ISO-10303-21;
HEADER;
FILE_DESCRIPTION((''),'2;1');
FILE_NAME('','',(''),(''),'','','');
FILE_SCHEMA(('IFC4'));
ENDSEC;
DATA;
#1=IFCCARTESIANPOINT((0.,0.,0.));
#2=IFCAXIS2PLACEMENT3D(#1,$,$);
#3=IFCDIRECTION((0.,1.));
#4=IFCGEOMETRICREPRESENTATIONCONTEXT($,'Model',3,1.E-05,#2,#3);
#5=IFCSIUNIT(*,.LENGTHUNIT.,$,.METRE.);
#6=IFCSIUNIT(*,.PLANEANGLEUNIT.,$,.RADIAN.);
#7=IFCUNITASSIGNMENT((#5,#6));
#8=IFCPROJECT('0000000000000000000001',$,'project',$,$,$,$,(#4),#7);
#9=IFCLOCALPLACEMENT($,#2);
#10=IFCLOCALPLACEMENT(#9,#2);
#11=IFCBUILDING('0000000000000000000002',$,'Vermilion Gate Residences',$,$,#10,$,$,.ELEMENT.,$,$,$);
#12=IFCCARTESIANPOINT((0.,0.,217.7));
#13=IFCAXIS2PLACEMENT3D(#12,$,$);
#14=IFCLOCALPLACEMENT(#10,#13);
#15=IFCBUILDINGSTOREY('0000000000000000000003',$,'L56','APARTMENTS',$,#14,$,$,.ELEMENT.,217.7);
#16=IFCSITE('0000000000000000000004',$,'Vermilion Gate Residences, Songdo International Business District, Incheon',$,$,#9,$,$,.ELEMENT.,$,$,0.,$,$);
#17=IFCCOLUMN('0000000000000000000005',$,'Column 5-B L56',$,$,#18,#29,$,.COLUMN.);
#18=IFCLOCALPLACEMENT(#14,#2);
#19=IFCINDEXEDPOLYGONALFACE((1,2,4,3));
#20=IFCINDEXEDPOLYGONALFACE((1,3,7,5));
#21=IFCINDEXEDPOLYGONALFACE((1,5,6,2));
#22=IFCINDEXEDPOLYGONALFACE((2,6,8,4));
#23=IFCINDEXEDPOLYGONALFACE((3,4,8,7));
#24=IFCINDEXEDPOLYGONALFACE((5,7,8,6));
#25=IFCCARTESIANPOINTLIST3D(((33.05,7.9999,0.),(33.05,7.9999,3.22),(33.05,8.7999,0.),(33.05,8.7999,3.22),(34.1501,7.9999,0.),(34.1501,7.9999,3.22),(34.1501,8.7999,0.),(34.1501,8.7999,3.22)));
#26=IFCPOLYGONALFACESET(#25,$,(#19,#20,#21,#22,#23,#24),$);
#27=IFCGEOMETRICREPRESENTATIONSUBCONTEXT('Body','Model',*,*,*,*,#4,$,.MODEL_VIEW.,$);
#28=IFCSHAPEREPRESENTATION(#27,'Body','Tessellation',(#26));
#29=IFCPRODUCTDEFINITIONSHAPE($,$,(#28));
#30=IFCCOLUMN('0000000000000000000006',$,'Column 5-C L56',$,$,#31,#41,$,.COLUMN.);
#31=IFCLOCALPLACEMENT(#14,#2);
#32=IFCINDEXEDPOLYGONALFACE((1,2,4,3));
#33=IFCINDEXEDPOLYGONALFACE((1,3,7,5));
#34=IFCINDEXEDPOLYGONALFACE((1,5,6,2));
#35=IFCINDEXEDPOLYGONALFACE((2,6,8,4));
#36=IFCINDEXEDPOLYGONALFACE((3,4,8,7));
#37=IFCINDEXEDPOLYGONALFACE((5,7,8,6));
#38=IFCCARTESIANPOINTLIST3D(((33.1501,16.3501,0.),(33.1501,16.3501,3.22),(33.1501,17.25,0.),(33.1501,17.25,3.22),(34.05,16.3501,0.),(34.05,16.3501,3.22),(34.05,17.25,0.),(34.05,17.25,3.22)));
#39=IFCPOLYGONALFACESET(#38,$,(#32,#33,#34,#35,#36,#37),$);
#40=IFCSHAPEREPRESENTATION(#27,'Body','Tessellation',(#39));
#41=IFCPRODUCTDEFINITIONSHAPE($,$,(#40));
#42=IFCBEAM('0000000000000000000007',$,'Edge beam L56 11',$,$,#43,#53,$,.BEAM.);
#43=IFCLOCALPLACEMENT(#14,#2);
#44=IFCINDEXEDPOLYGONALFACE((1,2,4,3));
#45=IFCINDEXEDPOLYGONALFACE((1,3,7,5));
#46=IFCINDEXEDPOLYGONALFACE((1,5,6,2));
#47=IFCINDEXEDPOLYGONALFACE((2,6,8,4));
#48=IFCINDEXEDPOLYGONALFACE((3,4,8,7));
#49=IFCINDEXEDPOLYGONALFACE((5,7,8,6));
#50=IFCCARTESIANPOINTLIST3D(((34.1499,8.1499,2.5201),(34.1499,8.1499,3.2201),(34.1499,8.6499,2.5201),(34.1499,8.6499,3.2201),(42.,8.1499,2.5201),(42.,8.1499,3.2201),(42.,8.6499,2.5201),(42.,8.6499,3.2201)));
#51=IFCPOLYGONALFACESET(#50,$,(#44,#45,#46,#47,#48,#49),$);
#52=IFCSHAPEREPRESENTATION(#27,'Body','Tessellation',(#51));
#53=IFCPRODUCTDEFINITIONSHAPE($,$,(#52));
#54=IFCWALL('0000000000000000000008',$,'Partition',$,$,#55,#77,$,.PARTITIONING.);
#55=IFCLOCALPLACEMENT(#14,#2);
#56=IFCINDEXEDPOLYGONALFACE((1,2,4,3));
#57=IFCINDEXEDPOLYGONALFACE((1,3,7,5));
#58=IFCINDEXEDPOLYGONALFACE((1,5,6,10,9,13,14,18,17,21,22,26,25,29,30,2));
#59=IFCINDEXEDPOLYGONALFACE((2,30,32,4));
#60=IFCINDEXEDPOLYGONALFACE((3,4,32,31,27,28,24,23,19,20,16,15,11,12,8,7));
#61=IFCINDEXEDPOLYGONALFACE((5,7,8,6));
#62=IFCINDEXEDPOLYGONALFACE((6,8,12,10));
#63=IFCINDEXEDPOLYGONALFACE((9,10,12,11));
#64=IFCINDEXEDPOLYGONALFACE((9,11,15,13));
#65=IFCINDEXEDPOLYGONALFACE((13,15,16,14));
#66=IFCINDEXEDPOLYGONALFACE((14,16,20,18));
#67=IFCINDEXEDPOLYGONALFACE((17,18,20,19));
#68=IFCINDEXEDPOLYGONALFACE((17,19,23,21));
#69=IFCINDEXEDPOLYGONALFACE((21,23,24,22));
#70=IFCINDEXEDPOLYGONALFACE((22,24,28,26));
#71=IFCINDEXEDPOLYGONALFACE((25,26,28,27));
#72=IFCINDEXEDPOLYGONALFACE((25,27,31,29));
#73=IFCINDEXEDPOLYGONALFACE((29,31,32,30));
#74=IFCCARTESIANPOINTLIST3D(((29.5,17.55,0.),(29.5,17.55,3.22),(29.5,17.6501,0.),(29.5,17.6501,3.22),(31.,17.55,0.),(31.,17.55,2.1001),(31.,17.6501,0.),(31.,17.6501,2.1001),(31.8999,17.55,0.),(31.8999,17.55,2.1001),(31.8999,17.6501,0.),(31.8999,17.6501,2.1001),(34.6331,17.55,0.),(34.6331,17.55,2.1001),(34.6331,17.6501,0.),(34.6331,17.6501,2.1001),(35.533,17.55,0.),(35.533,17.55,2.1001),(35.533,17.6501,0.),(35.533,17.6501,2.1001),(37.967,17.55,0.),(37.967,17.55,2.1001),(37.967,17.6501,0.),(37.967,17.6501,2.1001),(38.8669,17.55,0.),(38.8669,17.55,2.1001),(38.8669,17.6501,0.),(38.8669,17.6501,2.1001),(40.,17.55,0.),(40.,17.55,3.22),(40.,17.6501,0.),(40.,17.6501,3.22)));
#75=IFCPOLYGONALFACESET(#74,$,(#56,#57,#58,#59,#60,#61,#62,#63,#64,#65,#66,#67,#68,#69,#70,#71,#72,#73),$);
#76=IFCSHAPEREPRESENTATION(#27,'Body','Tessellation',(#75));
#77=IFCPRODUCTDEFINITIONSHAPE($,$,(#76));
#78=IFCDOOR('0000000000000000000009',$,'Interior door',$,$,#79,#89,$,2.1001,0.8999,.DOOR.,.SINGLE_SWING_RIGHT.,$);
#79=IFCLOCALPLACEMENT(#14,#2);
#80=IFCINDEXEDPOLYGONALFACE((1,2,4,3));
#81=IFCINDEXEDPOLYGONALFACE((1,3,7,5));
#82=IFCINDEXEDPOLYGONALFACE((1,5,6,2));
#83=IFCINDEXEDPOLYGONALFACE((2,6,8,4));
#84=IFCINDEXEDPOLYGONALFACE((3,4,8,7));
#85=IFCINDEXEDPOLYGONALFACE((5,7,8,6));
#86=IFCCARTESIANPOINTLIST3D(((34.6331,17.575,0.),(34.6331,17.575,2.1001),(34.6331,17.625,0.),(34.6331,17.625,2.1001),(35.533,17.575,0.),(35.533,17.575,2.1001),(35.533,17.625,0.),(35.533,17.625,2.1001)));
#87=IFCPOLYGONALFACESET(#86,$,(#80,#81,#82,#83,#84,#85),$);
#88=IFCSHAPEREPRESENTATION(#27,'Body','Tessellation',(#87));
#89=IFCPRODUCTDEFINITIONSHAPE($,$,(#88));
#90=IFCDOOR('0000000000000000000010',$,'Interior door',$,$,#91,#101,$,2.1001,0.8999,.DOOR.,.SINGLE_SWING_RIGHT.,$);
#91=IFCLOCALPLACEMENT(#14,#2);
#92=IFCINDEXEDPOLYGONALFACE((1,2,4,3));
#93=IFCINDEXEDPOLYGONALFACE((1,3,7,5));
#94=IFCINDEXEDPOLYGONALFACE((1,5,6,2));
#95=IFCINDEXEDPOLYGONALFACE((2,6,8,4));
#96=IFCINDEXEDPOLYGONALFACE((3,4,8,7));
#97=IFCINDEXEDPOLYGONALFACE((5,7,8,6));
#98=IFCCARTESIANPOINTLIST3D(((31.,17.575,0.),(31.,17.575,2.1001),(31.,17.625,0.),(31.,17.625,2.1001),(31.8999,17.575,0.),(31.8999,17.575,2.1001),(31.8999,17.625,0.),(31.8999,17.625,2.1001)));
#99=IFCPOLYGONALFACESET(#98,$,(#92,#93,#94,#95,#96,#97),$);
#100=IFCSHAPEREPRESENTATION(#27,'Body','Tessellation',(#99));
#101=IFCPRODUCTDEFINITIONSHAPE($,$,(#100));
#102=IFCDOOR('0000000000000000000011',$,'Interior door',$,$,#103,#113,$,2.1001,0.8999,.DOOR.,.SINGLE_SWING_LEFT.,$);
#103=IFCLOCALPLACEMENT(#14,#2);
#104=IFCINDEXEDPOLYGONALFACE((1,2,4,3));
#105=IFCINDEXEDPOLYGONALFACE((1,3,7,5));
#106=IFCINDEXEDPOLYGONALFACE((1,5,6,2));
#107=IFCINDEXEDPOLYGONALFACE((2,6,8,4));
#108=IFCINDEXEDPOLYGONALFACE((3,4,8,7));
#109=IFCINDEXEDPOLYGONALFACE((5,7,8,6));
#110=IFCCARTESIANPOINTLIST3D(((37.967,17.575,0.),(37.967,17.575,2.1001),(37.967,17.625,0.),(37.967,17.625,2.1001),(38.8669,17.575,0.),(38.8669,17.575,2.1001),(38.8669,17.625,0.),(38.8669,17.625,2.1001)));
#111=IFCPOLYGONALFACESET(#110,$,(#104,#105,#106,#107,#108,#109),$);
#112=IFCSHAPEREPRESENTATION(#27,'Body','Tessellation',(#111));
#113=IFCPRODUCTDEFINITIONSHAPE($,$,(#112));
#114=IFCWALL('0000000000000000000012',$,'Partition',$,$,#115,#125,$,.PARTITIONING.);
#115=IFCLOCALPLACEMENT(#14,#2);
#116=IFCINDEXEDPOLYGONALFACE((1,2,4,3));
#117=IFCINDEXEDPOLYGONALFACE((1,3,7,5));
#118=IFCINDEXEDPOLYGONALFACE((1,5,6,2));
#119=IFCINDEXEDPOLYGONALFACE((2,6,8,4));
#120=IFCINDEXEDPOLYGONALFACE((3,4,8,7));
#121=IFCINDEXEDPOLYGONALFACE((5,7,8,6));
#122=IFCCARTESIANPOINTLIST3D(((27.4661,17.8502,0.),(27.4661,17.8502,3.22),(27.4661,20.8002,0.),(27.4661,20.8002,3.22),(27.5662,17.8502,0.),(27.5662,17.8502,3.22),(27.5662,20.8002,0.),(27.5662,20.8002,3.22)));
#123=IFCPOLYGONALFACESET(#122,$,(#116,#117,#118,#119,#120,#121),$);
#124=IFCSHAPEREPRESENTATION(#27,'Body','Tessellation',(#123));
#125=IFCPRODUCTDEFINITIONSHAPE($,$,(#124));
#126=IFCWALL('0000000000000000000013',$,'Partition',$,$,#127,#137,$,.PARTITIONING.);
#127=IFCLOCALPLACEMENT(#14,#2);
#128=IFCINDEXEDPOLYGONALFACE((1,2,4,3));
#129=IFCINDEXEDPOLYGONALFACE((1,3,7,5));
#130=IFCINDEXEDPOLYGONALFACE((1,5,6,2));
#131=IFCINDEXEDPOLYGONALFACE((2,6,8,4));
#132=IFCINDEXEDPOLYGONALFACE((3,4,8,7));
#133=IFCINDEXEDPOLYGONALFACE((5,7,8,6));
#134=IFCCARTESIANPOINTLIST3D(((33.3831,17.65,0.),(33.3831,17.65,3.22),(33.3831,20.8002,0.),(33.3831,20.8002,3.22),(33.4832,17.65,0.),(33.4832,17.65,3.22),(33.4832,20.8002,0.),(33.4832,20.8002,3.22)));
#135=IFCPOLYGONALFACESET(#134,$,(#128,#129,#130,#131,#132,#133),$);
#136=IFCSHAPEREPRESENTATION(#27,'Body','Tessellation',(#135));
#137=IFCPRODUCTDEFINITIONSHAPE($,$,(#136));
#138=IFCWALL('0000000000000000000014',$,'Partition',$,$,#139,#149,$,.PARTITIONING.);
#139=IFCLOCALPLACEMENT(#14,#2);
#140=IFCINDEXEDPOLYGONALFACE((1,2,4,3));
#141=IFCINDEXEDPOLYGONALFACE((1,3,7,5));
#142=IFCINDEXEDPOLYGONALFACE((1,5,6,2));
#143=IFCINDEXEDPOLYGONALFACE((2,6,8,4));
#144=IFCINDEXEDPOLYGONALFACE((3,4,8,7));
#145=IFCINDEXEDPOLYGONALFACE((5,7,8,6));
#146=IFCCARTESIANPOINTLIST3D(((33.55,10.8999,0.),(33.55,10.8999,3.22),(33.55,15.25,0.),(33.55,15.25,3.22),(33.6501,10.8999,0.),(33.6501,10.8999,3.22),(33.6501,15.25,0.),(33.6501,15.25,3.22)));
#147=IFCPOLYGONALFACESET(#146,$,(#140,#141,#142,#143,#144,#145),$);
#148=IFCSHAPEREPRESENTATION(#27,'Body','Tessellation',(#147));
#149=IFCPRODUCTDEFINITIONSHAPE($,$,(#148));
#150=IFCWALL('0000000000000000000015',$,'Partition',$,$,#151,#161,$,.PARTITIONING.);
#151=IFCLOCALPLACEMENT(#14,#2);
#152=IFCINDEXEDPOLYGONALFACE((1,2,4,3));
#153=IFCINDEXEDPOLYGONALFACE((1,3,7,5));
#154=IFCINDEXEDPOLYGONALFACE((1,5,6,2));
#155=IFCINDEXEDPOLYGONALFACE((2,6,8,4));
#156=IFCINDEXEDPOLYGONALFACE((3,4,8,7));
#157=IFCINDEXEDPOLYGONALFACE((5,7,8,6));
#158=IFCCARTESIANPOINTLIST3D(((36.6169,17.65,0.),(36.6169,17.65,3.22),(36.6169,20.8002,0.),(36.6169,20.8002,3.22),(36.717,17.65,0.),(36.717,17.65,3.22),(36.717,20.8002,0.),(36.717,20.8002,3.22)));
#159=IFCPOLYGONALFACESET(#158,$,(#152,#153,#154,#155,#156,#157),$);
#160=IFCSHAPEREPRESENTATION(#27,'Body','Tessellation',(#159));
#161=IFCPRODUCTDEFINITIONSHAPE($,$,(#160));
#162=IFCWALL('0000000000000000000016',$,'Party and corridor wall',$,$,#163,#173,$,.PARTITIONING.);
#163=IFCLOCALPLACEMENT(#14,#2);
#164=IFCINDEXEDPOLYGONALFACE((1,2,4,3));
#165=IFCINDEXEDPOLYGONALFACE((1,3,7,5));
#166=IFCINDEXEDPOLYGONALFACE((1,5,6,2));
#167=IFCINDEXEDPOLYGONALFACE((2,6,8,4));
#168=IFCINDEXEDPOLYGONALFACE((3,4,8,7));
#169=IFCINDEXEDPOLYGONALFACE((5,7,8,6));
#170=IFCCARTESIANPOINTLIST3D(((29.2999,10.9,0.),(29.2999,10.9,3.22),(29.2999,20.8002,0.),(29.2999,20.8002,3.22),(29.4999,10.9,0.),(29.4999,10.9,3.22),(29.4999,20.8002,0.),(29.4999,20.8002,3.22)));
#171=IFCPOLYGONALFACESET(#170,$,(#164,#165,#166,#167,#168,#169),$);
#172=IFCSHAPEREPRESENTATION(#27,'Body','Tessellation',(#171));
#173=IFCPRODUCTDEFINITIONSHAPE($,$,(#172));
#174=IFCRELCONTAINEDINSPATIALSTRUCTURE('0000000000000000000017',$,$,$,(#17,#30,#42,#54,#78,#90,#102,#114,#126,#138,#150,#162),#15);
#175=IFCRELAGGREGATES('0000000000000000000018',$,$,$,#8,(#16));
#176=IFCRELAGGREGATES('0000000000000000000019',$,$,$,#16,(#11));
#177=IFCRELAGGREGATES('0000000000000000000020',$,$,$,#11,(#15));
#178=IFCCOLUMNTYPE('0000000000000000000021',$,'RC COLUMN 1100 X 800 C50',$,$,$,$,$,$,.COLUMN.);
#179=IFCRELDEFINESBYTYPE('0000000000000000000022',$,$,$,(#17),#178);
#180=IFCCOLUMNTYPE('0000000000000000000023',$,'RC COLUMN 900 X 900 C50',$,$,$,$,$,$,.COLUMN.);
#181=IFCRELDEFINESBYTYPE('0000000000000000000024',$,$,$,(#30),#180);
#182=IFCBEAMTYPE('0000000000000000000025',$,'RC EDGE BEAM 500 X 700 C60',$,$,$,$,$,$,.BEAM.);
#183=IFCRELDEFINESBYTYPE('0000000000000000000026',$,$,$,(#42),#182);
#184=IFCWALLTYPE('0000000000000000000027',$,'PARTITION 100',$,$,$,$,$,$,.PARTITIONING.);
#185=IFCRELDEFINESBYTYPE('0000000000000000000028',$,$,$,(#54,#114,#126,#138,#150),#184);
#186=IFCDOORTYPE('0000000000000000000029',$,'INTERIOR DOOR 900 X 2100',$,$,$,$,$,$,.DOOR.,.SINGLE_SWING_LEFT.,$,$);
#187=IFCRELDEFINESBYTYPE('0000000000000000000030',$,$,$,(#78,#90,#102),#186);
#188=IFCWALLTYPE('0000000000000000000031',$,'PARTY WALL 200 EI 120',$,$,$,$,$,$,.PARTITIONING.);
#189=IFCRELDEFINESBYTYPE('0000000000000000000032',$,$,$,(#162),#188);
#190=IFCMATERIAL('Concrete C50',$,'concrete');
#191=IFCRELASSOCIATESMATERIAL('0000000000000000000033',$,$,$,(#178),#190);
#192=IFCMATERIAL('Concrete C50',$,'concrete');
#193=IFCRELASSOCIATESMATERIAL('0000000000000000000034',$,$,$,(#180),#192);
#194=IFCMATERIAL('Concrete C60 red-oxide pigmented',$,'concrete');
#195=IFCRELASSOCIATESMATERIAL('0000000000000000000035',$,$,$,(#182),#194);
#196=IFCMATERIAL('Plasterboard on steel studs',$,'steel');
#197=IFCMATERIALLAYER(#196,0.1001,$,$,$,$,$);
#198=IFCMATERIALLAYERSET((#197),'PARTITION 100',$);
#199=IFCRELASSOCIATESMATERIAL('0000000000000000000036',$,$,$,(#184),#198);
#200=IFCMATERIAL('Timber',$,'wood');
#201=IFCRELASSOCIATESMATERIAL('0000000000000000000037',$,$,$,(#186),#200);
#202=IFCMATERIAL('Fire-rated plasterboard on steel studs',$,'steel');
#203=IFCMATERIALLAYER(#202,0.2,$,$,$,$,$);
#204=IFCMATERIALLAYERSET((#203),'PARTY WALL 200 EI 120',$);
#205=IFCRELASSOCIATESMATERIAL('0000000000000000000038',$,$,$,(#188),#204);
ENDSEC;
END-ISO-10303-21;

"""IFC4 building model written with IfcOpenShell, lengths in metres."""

from ifc_helpers import new_model, si_unit, direction, frame, frame_2d, origin, origin_2d, place, context, subcontext, project, spatial, rectangle, extrude, material, layer, layer_set, material_profile, profile_set, type_object, element, fill, save


model = new_model("IFC4")

# Units and contexts
model_context = context("Model", 3, precision=1e-05, world=origin(), true_north=direction((0.0, 1.0)))
body_context = subcontext(model_context, "Body", "Model", "MODEL_VIEW")
ifc_project = project(units=[si_unit("LENGTHUNIT", "METRE"), si_unit("PLANEANGLEUNIT", "RADIAN")], contexts=[model_context])

# Site, building, storey
site_placement = place(None, origin())
site = spatial("IfcSite", under=ifc_project, at=site_placement, Name="Vermilion Gate Residences, Songdo International Business District, Incheon", CompositionType="ELEMENT", RefElevation=0.0)
building_placement = place(site_placement, origin())
building = spatial("IfcBuilding", under=site, at=building_placement, Name="Vermilion Gate Residences", CompositionType="ELEMENT")
storey_placement = place(building_placement, frame((0.0, 0.0, 217.7)))
storey = spatial("IfcBuildingStorey", under=building, at=storey_placement, Name="L56", Description="APARTMENTS", CompositionType="ELEMENT", Elevation=217.7)

# Columns
ifc_material_1 = material(Name="Concrete C50", Category="concrete")
ifc_material_profile_1 = material_profile(ifc_material_1, rectangle(XDim=1.1001, YDim=0.8, at=origin_2d()), Name="RC-1100x800")
ifc_profile_set_1 = profile_set([ifc_material_profile_1], Name="Concrete C50")
column_type_1 = type_object("IfcColumnType", Name="RC COLUMN 1100 X 800 C50", PredefinedType="COLUMN", material=ifc_profile_set_1)
column_1_placement = place(storey_placement, frame((33.6001, 8.3999, 0.0), z_axis=(0.0, 0.0, 1.0), x_axis=(1.0, 0.0, 0.0)))
element("IfcColumn", 1, at=column_1_placement, inside=storey, type_object=column_type_1, Name="Column 5-B L56", PredefinedType="COLUMN", context=body_context, shape_type="SweptSolid", body=[
    extrude(rectangle(XDim=1.1001, YDim=0.8, at=origin_2d()), origin(), (0.0, 0.0, 1.0), 3.22),
])
ifc_material_2 = material(Name="Concrete C50", Category="concrete")
ifc_material_profile_2 = material_profile(ifc_material_2, rectangle(XDim=0.8999, YDim=0.8999, at=origin_2d()), Name="RC-900x900")
ifc_profile_set_2 = profile_set([ifc_material_profile_2], Name="Concrete C50")
column_type_2 = type_object("IfcColumnType", Name="RC COLUMN 900 X 900 C50", PredefinedType="COLUMN", material=ifc_profile_set_2)
column_2_placement = place(storey_placement, frame((33.6001, 16.8, 0.0), z_axis=(0.0, 0.0, 1.0), x_axis=(1.0, 0.0, 0.0)))
element("IfcColumn", 2, at=column_2_placement, inside=storey, type_object=column_type_2, Name="Column 5-C L56", PredefinedType="COLUMN", context=body_context, shape_type="SweptSolid", body=[
    extrude(rectangle(XDim=0.8999, YDim=0.8999, at=origin_2d()), origin(), (0.0, 0.0, 1.0), 3.22),
])

# Beam
ifc_material_3 = material(Name="Concrete C60 red-oxide pigmented", Category="concrete")
ifc_material_profile_3 = material_profile(ifc_material_3, rectangle(XDim=0.5, YDim=0.7, at=origin_2d()), Name="RC-500x700")
ifc_profile_set_3 = profile_set([ifc_material_profile_3], Name="Concrete C60 red-oxide pigmented")
beam_type = type_object("IfcBeamType", Name="RC EDGE BEAM 500 X 700 C60", PredefinedType="BEAM", material=ifc_profile_set_3)
beam_placement = place(storey_placement, frame((34.1499, 8.3999, 2.8701), z_axis=(1.0, 0.0, 0.0), x_axis=(0.0, 1.0, 0.0)))
element("IfcBeam", 3, at=beam_placement, inside=storey, type_object=beam_type, Name="Edge beam L56 11", PredefinedType="BEAM", context=body_context, shape_type="SweptSolid", body=[
    extrude(rectangle(XDim=0.5, YDim=0.7, at=origin_2d()), origin(), (0.0, 0.0, 1.0), 7.8501),
])

# Wall, openings, doors
ifc_material_4 = material(Name="Plasterboard on steel studs", Category="steel")
ifc_layer_1 = layer(ifc_material_4, 0.1001)
ifc_layer_set_1 = layer_set([ifc_layer_1], Name="PARTITION 100")
wall_type_1 = type_object("IfcWallType", Name="PARTITION 100", PredefinedType="PARTITIONING", material=ifc_layer_set_1)
wall_1_placement = place(storey_placement, frame((29.5, 17.6001, 0.0), z_axis=(0.0, 0.0, 1.0), x_axis=(1.0, 0.0, 0.0)))
wall_1 = element("IfcWall", 4, at=wall_1_placement, inside=storey, type_object=wall_type_1, Name="Partition", PredefinedType="PARTITIONING", context=body_context, shape_type="SweptSolid", body=[
    extrude(rectangle(XDim=10.5, YDim=0.1001, at=frame_2d((5.25, 0.0))), origin(), (0.0, 0.0, 1.0), 3.22),
])
opening_1_placement = place(wall_1_placement, frame((5.1331, 0.0, 0.0)))
opening_1 = element("IfcOpeningElement", 5, at=opening_1_placement, cuts=wall_1, PredefinedType="OPENING", context=body_context, shape_type="SweptSolid", body=[
    extrude(rectangle(XDim=0.8999, YDim=2.1001, at=frame_2d((0.45, 1.05))), frame((0.0, 0.0601, 0.0), z_axis=(0.0, -1.0, 0.0), x_axis=(1.0, 0.0, 0.0)), (0.0, 0.0, 1.0), 0.1201),
])
opening_2_placement = place(wall_1_placement, frame((1.5, 0.0, 0.0)))
opening_2 = element("IfcOpeningElement", 6, at=opening_2_placement, cuts=wall_1, PredefinedType="OPENING", context=body_context, shape_type="SweptSolid", body=[
    extrude(rectangle(XDim=0.8999, YDim=2.1001, at=frame_2d((0.45, 1.05))), frame((0.0, 0.0601, 0.0), z_axis=(0.0, -1.0, 0.0), x_axis=(1.0, 0.0, 0.0)), (0.0, 0.0, 1.0), 0.1201),
])
opening_3_placement = place(wall_1_placement, frame((8.467, 0.0, 0.0)))
opening_3 = element("IfcOpeningElement", 7, at=opening_3_placement, cuts=wall_1, PredefinedType="OPENING", context=body_context, shape_type="SweptSolid", body=[
    extrude(rectangle(XDim=0.8999, YDim=2.1001, at=frame_2d((0.45, 1.05))), frame((0.0, 0.0601, 0.0), z_axis=(0.0, -1.0, 0.0), x_axis=(1.0, 0.0, 0.0)), (0.0, 0.0, 1.0), 0.1201),
])
ifc_material_5 = material(Name="Timber", Category="wood")
door_type = type_object("IfcDoorType", Name="INTERIOR DOOR 900 X 2100", OperationType="SINGLE_SWING_LEFT", PredefinedType="DOOR", material=ifc_material_5)
door_1_placement = place(opening_1_placement, origin())
door_1 = element("IfcDoor", 8, at=door_1_placement, inside=storey, type_object=door_type, Name="Interior door", OperationType="SINGLE_SWING_RIGHT", OverallHeight=2.1001, OverallWidth=0.8999, PredefinedType="DOOR", context=body_context, shape_type="SweptSolid", body=[
    extrude(rectangle(XDim=0.8999, YDim=2.1001, at=frame_2d((0.45, 1.05))), frame((0.0, 0.0249, 0.0), z_axis=(0.0, -1.0, 0.0), x_axis=(1.0, 0.0, 0.0)), (0.0, 0.0, 1.0), 0.05),
])
fill(opening_1, door_1)
door_2_placement = place(opening_2_placement, origin())
door_2 = element("IfcDoor", 9, at=door_2_placement, inside=storey, type_object=door_type, Name="Interior door", OperationType="SINGLE_SWING_RIGHT", OverallHeight=2.1001, OverallWidth=0.8999, PredefinedType="DOOR", context=body_context, shape_type="SweptSolid", body=[
    extrude(rectangle(XDim=0.8999, YDim=2.1001, at=frame_2d((0.45, 1.05))), frame((0.0, 0.0249, 0.0), z_axis=(0.0, -1.0, 0.0), x_axis=(1.0, 0.0, 0.0)), (0.0, 0.0, 1.0), 0.05),
])
fill(opening_2, door_2)
door_3_placement = place(opening_3_placement, origin())
door_3 = element("IfcDoor", 10, at=door_3_placement, inside=storey, type_object=door_type, Name="Interior door", OperationType="SINGLE_SWING_LEFT", OverallHeight=2.1001, OverallWidth=0.8999, PredefinedType="DOOR", context=body_context, shape_type="SweptSolid", body=[
    extrude(rectangle(XDim=0.8999, YDim=2.1001, at=frame_2d((0.45, 1.05))), frame((0.0, 0.0249, 0.0), z_axis=(0.0, -1.0, 0.0), x_axis=(1.0, 0.0, 0.0)), (0.0, 0.0, 1.0), 0.05),
])
fill(opening_3, door_3)

# Walls
wall_2_placement = place(storey_placement, frame((27.5161, 17.8501, 0.0), z_axis=(0.0, 0.0, 1.0), x_axis=(0.0, 1.0, 0.0)))
element("IfcWall", 11, at=wall_2_placement, inside=storey, type_object=wall_type_1, Name="Partition", PredefinedType="PARTITIONING", context=body_context, shape_type="SweptSolid", body=[
    extrude(rectangle(XDim=2.95, YDim=0.1001, at=frame_2d((1.4751, 0.0))), origin(), (0.0, 0.0, 1.0), 3.22),
])
wall_3_placement = place(storey_placement, frame((33.4331, 17.6499, 0.0), z_axis=(0.0, 0.0, 1.0), x_axis=(0.0, 1.0, 0.0)))
element("IfcWall", 12, at=wall_3_placement, inside=storey, type_object=wall_type_1, Name="Partition", PredefinedType="PARTITIONING", context=body_context, shape_type="SweptSolid", body=[
    extrude(rectangle(XDim=3.1501, YDim=0.1001, at=frame_2d((1.5752, 0.0))), origin(), (0.0, 0.0, 1.0), 3.22),
])
wall_4_placement = place(storey_placement, frame((33.6001, 10.8999, 0.0), z_axis=(0.0, 0.0, 1.0), x_axis=(0.0, 1.0, 0.0)))
element("IfcWall", 13, at=wall_4_placement, inside=storey, type_object=wall_type_1, Name="Partition", PredefinedType="PARTITIONING", context=body_context, shape_type="SweptSolid", body=[
    extrude(rectangle(XDim=4.3501, YDim=0.1001, at=frame_2d((2.175, 0.0))), origin(), (0.0, 0.0, 1.0), 3.22),
])
wall_5_placement = place(storey_placement, frame((36.667, 17.6499, 0.0), z_axis=(0.0, 0.0, 1.0), x_axis=(0.0, 1.0, 0.0)))
element("IfcWall", 14, at=wall_5_placement, inside=storey, type_object=wall_type_1, Name="Partition", PredefinedType="PARTITIONING", context=body_context, shape_type="SweptSolid", body=[
    extrude(rectangle(XDim=3.1501, YDim=0.1001, at=frame_2d((1.5752, 0.0))), origin(), (0.0, 0.0, 1.0), 3.22),
])
ifc_material_6 = material(Name="Fire-rated plasterboard on steel studs", Category="steel")
ifc_layer_2 = layer(ifc_material_6, 0.2)
ifc_layer_set_2 = layer_set([ifc_layer_2], Name="PARTY WALL 200 EI 120")
wall_type_2 = type_object("IfcWallType", Name="PARTY WALL 200 EI 120", PredefinedType="PARTITIONING", material=ifc_layer_set_2)
wall_6_placement = place(storey_placement, frame((29.3999, 10.8999, 0.0), z_axis=(0.0, 0.0, 1.0), x_axis=(0.0, 1.0, 0.0)))
element("IfcWall", 15, at=wall_6_placement, inside=storey, type_object=wall_type_2, Name="Party and corridor wall", PredefinedType="PARTITIONING", context=body_context, shape_type="SweptSolid", body=[
    extrude(rectangle(XDim=9.9001, YDim=0.2, at=frame_2d((4.9502, 0.0))), origin(), (0.0, 0.0, 1.0), 3.22),
])

save(model, "model.ifc")
